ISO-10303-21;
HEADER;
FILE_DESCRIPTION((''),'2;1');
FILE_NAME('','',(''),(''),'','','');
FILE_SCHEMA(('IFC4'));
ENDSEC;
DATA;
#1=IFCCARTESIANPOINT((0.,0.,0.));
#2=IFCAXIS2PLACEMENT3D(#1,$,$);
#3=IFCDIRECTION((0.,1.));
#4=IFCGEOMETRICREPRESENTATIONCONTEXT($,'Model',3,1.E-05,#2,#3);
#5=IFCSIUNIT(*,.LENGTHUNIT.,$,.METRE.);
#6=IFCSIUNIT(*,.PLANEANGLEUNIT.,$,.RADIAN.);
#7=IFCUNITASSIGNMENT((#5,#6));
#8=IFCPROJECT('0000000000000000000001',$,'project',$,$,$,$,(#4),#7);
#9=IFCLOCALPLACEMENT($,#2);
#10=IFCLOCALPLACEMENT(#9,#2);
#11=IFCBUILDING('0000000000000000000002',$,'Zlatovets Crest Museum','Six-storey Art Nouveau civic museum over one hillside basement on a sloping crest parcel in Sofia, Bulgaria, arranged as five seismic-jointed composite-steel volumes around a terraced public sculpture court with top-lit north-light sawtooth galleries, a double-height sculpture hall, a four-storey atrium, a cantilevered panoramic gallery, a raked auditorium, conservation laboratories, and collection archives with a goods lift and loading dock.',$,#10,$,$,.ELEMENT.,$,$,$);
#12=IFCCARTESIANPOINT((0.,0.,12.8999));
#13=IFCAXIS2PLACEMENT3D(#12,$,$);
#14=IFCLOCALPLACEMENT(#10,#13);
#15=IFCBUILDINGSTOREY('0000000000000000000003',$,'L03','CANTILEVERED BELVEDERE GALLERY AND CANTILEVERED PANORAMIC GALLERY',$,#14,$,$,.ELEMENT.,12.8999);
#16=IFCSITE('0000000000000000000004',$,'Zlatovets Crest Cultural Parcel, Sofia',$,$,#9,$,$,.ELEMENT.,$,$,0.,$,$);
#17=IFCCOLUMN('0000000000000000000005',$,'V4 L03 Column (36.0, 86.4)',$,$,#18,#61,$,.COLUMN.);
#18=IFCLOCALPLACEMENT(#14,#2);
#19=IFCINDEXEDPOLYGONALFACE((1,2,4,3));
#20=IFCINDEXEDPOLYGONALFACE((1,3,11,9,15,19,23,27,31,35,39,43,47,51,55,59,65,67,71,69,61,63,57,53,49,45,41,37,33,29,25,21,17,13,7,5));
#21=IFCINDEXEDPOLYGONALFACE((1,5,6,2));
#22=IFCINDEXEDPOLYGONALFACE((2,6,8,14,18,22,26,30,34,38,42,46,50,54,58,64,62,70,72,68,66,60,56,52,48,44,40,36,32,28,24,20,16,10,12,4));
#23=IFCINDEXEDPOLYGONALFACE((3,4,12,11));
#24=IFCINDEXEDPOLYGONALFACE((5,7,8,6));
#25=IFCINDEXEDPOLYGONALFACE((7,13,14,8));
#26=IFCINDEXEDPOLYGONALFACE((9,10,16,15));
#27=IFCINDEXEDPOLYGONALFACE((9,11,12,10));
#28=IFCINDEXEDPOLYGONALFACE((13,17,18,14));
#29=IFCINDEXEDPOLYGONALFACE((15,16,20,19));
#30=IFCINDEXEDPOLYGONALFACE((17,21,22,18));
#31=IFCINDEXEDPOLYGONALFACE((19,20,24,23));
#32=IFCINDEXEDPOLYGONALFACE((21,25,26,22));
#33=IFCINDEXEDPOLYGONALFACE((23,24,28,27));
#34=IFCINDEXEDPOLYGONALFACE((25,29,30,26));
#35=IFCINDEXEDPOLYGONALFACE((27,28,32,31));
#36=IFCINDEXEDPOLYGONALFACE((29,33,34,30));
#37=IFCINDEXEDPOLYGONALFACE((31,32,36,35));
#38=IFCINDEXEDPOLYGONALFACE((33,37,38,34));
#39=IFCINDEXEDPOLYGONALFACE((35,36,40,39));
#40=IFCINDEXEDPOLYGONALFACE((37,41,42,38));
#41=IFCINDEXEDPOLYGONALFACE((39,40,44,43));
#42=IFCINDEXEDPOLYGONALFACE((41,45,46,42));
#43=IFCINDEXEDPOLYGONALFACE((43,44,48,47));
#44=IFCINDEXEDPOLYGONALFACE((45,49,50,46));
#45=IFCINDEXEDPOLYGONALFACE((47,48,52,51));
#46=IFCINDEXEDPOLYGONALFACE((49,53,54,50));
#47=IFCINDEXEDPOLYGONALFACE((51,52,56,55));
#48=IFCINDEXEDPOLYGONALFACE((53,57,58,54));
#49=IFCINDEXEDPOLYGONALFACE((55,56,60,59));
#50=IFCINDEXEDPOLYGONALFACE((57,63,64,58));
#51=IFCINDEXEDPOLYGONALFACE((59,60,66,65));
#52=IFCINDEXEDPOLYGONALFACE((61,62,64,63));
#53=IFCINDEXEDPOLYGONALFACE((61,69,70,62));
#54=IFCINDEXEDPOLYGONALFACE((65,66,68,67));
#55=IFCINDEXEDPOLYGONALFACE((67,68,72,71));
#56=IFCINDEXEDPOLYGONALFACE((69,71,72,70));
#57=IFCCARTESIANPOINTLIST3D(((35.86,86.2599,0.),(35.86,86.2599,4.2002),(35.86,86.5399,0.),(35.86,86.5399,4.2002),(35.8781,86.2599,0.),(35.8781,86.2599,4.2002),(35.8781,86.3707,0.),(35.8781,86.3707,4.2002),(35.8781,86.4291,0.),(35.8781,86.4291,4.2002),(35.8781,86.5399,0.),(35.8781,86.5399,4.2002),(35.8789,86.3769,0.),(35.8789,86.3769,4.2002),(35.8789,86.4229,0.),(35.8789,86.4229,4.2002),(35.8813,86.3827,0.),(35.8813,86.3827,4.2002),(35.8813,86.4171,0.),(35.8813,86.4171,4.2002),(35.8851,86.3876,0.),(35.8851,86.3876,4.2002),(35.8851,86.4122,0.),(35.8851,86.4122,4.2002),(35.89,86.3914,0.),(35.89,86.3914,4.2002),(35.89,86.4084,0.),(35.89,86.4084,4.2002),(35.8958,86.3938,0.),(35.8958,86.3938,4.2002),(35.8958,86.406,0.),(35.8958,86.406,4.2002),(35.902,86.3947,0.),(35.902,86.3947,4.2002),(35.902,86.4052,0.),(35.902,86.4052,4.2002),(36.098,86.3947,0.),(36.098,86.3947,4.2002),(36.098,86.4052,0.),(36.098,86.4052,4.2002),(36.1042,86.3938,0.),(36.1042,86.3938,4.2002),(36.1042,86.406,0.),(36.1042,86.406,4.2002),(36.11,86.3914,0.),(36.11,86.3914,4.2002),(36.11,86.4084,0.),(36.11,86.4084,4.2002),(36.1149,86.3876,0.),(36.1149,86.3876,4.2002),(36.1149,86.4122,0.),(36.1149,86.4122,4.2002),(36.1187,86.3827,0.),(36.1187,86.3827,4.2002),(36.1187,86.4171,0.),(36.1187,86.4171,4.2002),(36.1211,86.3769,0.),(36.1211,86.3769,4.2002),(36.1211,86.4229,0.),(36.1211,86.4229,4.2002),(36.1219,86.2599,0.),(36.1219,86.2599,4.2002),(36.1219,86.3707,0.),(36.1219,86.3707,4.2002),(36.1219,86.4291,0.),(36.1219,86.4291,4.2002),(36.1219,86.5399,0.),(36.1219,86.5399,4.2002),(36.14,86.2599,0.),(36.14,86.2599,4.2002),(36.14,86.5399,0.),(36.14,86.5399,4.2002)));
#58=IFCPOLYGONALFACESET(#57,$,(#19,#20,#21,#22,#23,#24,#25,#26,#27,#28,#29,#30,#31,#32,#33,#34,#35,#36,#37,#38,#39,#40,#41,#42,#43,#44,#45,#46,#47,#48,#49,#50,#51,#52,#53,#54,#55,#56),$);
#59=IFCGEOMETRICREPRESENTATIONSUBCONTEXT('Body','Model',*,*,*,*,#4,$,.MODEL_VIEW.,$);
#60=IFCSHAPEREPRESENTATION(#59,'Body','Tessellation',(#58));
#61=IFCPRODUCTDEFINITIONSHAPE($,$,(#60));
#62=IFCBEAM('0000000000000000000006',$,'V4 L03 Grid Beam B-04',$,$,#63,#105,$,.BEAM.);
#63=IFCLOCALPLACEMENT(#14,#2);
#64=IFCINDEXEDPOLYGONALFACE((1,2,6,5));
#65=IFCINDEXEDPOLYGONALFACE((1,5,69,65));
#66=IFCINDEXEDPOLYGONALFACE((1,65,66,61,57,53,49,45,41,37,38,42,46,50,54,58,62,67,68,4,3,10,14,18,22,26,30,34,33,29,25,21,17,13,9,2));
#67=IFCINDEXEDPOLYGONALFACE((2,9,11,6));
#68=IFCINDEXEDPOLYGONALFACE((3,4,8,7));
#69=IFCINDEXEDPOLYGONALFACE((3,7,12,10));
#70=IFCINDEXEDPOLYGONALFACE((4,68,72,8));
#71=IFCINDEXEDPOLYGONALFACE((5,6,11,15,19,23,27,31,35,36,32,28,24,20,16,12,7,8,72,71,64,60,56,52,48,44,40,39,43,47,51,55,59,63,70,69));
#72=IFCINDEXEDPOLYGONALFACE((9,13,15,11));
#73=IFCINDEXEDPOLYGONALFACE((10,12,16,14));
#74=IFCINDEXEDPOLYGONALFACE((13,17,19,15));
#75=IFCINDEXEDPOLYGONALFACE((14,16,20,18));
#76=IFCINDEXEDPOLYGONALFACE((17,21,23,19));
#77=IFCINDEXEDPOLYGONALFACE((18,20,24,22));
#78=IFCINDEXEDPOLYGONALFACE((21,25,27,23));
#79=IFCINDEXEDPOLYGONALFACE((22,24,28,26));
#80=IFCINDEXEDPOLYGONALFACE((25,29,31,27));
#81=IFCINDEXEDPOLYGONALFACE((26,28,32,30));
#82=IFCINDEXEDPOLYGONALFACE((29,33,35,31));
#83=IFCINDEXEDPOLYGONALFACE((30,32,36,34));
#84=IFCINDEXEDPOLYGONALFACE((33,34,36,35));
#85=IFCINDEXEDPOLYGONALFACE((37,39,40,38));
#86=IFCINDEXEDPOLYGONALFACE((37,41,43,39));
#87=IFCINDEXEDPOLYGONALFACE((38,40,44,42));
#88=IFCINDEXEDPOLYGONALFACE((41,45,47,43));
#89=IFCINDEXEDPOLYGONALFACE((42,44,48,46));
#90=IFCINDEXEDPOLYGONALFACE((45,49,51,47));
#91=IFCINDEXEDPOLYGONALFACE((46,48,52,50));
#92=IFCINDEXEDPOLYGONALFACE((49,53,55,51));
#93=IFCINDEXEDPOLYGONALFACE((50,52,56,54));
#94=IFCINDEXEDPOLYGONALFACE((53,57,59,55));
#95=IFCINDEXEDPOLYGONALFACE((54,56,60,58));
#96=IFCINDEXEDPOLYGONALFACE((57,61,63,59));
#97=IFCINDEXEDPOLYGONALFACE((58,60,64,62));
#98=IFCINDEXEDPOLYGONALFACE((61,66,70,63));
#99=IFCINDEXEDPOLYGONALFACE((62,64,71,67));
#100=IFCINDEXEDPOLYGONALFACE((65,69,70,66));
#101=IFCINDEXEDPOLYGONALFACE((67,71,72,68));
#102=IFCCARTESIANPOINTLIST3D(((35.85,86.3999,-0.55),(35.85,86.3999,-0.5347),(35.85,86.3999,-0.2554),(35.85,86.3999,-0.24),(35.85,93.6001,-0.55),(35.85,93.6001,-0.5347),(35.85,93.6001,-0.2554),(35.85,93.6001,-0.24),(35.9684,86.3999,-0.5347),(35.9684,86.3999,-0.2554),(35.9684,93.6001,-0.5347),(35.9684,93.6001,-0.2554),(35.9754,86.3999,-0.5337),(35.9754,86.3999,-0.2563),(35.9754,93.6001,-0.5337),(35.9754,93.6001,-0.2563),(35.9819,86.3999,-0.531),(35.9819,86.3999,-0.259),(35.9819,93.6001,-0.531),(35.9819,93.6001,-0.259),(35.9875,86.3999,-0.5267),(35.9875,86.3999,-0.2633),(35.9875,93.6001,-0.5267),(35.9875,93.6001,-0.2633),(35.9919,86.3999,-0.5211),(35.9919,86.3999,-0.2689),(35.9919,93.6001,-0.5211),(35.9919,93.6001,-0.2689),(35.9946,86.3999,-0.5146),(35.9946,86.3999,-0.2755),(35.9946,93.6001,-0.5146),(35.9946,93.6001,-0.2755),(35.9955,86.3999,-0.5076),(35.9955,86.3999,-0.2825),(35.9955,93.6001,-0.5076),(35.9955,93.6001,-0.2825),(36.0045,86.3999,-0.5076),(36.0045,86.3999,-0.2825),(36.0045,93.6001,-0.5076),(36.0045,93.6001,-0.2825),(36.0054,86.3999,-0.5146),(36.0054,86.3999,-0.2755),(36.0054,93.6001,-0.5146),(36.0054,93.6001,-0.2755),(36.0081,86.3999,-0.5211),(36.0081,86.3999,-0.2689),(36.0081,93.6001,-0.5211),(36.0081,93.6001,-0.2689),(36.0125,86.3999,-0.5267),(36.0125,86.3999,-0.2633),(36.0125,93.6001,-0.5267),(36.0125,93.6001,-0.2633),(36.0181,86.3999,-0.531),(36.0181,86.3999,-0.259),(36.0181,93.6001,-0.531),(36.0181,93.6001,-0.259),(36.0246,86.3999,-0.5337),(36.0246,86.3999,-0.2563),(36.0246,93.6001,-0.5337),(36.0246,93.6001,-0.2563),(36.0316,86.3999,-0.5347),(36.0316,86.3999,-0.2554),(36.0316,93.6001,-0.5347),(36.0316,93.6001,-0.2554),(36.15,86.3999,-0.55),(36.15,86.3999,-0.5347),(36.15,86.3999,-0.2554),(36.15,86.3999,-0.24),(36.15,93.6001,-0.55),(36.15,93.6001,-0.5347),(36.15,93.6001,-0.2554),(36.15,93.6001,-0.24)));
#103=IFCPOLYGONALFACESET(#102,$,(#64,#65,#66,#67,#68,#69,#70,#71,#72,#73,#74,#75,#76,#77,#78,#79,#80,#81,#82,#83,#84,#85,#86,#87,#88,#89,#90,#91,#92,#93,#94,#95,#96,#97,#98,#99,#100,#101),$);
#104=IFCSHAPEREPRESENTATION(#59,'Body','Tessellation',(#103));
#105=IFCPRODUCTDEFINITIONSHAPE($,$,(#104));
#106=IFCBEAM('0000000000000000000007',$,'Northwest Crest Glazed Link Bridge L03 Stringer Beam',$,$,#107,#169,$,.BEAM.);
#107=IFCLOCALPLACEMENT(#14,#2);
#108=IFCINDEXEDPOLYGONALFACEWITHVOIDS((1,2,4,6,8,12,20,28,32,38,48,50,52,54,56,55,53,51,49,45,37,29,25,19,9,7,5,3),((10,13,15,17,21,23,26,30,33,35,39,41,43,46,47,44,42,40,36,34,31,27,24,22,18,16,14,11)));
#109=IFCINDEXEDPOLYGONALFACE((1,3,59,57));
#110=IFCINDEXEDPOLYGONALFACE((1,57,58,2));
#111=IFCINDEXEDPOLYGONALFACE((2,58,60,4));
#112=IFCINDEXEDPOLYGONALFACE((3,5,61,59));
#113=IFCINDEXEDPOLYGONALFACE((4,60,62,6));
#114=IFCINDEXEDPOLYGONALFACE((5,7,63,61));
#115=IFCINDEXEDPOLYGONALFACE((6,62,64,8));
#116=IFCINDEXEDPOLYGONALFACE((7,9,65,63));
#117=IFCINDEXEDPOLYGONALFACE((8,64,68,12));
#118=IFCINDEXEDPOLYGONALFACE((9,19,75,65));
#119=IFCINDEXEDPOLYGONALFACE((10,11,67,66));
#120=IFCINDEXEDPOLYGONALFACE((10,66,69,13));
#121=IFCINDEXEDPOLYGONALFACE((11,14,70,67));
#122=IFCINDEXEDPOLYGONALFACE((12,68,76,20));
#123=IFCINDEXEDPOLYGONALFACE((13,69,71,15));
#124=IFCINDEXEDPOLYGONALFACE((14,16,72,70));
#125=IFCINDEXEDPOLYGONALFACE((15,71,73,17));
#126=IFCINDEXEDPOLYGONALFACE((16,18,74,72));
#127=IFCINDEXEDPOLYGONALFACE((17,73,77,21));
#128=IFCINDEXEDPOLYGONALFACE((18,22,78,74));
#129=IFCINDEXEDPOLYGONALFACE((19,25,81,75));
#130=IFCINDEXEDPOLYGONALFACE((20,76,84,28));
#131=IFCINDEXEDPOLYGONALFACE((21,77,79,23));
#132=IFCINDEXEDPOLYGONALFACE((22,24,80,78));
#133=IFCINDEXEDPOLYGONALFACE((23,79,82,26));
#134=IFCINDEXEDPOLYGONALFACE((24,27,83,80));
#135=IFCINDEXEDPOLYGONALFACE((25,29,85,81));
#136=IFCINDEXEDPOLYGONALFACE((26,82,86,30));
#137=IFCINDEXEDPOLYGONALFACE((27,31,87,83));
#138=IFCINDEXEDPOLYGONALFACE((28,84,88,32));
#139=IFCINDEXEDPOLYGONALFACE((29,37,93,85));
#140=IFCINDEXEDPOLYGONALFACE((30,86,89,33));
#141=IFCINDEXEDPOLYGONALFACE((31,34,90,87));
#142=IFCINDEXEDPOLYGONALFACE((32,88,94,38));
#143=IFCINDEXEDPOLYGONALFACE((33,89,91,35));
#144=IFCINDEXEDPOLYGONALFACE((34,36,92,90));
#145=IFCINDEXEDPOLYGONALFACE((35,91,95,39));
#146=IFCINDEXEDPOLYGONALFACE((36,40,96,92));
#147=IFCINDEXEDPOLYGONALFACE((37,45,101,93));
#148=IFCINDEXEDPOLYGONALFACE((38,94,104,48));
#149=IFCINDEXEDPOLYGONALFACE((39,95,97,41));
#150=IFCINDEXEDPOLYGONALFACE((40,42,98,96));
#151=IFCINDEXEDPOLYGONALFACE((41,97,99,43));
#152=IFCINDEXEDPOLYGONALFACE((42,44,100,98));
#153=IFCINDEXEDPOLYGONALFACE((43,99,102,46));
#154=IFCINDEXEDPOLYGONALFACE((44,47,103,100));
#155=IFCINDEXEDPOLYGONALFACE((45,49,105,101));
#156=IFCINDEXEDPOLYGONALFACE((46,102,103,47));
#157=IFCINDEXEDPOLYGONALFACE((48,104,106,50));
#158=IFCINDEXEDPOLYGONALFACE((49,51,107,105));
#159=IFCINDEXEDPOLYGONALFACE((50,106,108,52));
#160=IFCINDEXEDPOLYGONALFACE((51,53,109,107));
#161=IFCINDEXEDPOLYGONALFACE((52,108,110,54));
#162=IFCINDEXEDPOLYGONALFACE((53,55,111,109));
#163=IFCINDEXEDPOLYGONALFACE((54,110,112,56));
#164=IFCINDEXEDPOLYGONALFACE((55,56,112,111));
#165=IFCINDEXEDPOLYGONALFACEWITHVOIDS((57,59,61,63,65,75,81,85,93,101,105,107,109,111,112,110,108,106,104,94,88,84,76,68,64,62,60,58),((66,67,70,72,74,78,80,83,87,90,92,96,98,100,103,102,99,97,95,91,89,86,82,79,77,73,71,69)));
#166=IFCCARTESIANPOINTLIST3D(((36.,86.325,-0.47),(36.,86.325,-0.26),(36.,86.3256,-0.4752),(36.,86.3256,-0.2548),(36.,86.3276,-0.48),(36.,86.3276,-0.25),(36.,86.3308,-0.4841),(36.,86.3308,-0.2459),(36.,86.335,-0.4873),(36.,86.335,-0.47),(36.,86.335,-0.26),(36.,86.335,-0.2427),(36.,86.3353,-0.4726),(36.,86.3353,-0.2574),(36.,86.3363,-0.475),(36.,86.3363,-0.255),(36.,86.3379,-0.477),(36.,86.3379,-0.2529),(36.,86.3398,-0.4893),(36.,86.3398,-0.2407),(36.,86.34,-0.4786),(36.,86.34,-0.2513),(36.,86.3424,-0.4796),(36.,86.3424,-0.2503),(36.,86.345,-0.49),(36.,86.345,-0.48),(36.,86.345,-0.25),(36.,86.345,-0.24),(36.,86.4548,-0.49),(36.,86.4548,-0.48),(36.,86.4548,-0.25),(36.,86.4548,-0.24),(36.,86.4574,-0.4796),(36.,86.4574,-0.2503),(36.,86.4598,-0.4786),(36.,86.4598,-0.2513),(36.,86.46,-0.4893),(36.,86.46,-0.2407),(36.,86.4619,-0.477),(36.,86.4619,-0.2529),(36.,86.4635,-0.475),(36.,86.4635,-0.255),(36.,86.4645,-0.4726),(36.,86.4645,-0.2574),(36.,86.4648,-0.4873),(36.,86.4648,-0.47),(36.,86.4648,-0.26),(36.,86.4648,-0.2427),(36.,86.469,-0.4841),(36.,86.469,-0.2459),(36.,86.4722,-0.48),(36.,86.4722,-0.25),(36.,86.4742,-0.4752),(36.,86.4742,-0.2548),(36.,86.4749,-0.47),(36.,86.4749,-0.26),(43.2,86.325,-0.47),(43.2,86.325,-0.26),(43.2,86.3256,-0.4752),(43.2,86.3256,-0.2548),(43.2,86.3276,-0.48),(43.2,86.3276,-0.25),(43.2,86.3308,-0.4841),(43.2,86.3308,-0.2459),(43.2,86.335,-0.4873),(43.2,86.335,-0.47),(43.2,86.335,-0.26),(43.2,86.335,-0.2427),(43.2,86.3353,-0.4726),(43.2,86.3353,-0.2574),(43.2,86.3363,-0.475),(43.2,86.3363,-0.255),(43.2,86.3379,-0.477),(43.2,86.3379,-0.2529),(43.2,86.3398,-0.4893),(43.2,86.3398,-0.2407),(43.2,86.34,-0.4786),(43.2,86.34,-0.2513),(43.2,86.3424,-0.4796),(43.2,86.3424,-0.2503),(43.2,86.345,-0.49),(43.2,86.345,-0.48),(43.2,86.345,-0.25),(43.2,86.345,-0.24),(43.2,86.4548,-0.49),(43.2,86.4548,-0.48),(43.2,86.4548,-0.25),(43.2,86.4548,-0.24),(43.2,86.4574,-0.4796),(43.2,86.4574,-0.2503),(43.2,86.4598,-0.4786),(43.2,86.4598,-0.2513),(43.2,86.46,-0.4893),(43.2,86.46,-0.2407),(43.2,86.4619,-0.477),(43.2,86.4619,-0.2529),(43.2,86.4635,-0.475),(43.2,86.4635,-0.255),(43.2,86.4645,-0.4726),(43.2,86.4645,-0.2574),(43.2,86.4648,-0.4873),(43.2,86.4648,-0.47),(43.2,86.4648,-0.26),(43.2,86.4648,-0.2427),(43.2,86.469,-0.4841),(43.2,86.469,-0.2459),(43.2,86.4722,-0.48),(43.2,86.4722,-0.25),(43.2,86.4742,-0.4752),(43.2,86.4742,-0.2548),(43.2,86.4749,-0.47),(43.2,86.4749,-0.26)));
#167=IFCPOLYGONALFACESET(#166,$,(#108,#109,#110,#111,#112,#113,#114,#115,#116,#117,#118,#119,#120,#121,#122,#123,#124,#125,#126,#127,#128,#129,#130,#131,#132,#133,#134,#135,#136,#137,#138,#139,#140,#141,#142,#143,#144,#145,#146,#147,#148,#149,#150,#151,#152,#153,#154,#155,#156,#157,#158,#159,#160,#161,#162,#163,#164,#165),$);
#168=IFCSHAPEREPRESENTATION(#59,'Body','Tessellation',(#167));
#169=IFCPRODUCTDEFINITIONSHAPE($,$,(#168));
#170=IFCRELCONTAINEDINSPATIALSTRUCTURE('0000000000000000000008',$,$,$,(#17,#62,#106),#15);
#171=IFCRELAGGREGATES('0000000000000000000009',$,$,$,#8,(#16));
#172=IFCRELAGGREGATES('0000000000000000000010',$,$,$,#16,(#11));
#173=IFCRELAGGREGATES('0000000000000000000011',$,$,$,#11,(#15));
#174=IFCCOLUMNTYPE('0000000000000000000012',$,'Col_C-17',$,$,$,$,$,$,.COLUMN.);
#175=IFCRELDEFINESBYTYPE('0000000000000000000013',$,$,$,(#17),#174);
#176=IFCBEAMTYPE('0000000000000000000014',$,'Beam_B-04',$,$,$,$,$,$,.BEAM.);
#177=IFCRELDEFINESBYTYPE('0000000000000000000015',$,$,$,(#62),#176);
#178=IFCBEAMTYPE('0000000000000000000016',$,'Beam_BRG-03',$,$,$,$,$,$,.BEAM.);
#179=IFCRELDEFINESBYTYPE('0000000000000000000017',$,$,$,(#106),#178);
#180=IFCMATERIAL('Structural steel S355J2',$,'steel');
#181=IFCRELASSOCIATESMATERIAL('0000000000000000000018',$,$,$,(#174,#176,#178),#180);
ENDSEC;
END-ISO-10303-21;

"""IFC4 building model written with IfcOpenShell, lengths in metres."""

from ifc_helpers import new_model, si_unit, direction, frame, origin, origin_2d, place, context, subcontext, project, spatial, hollow_rectangle, i_section, extrude, material, material_profile, profile_set, type_object, element, save


model = new_model("IFC4")

# Units and contexts
model_context = context("Model", 3, precision=1e-05, world=origin(), true_north=direction((0.0, 1.0)))
body_context = subcontext(model_context, "Body", "Model", "MODEL_VIEW")
ifc_project = project(units=[si_unit("LENGTHUNIT", "METRE"), si_unit("PLANEANGLEUNIT", "RADIAN")], contexts=[model_context])

# Site, building, storey
site_placement = place(None, origin())
site = spatial("IfcSite", under=ifc_project, at=site_placement, Name="Zlatovets Crest Cultural Parcel, Sofia", CompositionType="ELEMENT", RefElevation=0.0)
building_placement = place(site_placement, origin())
building = spatial("IfcBuilding", under=site, at=building_placement, Name="Zlatovets Crest Museum", Description="Six-storey Art Nouveau civic museum over one hillside basement on a sloping crest parcel in Sofia, Bulgaria, arranged as five seismic-jointed composite-steel volumes around a terraced public sculpture court with top-lit north-light sawtooth galleries, a double-height sculpture hall, a four-storey atrium, a cantilevered panoramic gallery, a raked auditorium, conservation laboratories, and collection archives with a goods lift and loading dock.", CompositionType="ELEMENT")
storey_placement = place(building_placement, frame((0.0, 0.0, 12.8999)))
storey = spatial("IfcBuildingStorey", under=building, at=storey_placement, Name="L03", Description="CANTILEVERED BELVEDERE GALLERY AND CANTILEVERED PANORAMIC GALLERY", CompositionType="ELEMENT", Elevation=12.8999)

# Column
ifc_material_1 = material(Name="Structural steel S355J2", Category="steel")
ifc_material_profile_1 = material_profile(ifc_material_1, i_section(OverallWidth=0.28, OverallDepth=0.28, WebThickness=0.0105, FlangeThickness=0.0181, FilletRadius=0.0239, at=origin_2d()), Name="HEB 280")
ifc_profile_set_1 = profile_set([ifc_material_profile_1], Name="Structural steel S355J2")
column_type = type_object("IfcColumnType", Name="Col_C-17", PredefinedType="COLUMN", material=ifc_profile_set_1)
column_placement = place(storey_placement, frame((36.0, 86.3999, 0.0), z_axis=(0.0, 0.0, 1.0), x_axis=(0.0, 1.0, 0.0)))
element("IfcColumn", 1, at=column_placement, inside=storey, type_object=column_type, Name="V4 L03 Column (36.0, 86.4)", PredefinedType="COLUMN", context=body_context, shape_type="SweptSolid", body=[
    extrude(i_section(OverallWidth=0.28, OverallDepth=0.28, WebThickness=0.0105, FlangeThickness=0.0181, FilletRadius=0.0239, at=origin_2d()), origin(), (0.0, 0.0, 1.0), 4.2002),
])

# Beams
ifc_material_profile_2 = material_profile(ifc_material_1, i_section(OverallWidth=0.3, OverallDepth=0.3101, WebThickness=0.009, FlangeThickness=0.0154, FilletRadius=0.0271, at=origin_2d()), Name="HEA 320")
ifc_profile_set_2 = profile_set([ifc_material_profile_2], Name="Structural steel S355J2")
beam_type_1 = type_object("IfcBeamType", Name="Beam_B-04", PredefinedType="BEAM", material=ifc_profile_set_2)
beam_1_placement = place(storey_placement, frame((36.0, 86.3999, -0.395), z_axis=(0.0, 1.0, 0.0), x_axis=(-1.0, 0.0, 0.0)))
element("IfcBeam", 2, at=beam_1_placement, inside=storey, type_object=beam_type_1, Name="V4 L03 Grid Beam B-04", PredefinedType="BEAM", context=body_context, shape_type="SweptSolid", body=[
    extrude(i_section(OverallWidth=0.3, OverallDepth=0.3101, WebThickness=0.009, FlangeThickness=0.0154, FilletRadius=0.0271, at=origin_2d()), origin(), (0.0, 0.0, 1.0), 7.2002),
])
ifc_material_profile_3 = material_profile(ifc_material_1, hollow_rectangle(XDim=0.1499, YDim=0.25, WallThickness=0.01, InnerFilletRadius=0.01, OuterFilletRadius=0.02, at=origin_2d()), Name="RHS 150x250x10.0")
ifc_profile_set_3 = profile_set([ifc_material_profile_3], Name="Structural steel S355J2")
beam_type_2 = type_object("IfcBeamType", Name="Beam_BRG-03", PredefinedType="BEAM", material=ifc_profile_set_3)
beam_2_placement = place(storey_placement, frame((36.0, 86.3999, -0.365), z_axis=(1.0, 0.0, 0.0), x_axis=(0.0, 1.0, 0.0)))
element("IfcBeam", 3, at=beam_2_placement, inside=storey, type_object=beam_type_2, Name="Northwest Crest Glazed Link Bridge L03 Stringer Beam", PredefinedType="BEAM", context=body_context, shape_type="SweptSolid", body=[
    extrude(hollow_rectangle(XDim=0.1499, YDim=0.25, WallThickness=0.01, InnerFilletRadius=0.01, OuterFilletRadius=0.02, at=origin_2d()), origin(), (0.0, 0.0, 1.0), 7.2),
])

save(model, "model.ifc")
